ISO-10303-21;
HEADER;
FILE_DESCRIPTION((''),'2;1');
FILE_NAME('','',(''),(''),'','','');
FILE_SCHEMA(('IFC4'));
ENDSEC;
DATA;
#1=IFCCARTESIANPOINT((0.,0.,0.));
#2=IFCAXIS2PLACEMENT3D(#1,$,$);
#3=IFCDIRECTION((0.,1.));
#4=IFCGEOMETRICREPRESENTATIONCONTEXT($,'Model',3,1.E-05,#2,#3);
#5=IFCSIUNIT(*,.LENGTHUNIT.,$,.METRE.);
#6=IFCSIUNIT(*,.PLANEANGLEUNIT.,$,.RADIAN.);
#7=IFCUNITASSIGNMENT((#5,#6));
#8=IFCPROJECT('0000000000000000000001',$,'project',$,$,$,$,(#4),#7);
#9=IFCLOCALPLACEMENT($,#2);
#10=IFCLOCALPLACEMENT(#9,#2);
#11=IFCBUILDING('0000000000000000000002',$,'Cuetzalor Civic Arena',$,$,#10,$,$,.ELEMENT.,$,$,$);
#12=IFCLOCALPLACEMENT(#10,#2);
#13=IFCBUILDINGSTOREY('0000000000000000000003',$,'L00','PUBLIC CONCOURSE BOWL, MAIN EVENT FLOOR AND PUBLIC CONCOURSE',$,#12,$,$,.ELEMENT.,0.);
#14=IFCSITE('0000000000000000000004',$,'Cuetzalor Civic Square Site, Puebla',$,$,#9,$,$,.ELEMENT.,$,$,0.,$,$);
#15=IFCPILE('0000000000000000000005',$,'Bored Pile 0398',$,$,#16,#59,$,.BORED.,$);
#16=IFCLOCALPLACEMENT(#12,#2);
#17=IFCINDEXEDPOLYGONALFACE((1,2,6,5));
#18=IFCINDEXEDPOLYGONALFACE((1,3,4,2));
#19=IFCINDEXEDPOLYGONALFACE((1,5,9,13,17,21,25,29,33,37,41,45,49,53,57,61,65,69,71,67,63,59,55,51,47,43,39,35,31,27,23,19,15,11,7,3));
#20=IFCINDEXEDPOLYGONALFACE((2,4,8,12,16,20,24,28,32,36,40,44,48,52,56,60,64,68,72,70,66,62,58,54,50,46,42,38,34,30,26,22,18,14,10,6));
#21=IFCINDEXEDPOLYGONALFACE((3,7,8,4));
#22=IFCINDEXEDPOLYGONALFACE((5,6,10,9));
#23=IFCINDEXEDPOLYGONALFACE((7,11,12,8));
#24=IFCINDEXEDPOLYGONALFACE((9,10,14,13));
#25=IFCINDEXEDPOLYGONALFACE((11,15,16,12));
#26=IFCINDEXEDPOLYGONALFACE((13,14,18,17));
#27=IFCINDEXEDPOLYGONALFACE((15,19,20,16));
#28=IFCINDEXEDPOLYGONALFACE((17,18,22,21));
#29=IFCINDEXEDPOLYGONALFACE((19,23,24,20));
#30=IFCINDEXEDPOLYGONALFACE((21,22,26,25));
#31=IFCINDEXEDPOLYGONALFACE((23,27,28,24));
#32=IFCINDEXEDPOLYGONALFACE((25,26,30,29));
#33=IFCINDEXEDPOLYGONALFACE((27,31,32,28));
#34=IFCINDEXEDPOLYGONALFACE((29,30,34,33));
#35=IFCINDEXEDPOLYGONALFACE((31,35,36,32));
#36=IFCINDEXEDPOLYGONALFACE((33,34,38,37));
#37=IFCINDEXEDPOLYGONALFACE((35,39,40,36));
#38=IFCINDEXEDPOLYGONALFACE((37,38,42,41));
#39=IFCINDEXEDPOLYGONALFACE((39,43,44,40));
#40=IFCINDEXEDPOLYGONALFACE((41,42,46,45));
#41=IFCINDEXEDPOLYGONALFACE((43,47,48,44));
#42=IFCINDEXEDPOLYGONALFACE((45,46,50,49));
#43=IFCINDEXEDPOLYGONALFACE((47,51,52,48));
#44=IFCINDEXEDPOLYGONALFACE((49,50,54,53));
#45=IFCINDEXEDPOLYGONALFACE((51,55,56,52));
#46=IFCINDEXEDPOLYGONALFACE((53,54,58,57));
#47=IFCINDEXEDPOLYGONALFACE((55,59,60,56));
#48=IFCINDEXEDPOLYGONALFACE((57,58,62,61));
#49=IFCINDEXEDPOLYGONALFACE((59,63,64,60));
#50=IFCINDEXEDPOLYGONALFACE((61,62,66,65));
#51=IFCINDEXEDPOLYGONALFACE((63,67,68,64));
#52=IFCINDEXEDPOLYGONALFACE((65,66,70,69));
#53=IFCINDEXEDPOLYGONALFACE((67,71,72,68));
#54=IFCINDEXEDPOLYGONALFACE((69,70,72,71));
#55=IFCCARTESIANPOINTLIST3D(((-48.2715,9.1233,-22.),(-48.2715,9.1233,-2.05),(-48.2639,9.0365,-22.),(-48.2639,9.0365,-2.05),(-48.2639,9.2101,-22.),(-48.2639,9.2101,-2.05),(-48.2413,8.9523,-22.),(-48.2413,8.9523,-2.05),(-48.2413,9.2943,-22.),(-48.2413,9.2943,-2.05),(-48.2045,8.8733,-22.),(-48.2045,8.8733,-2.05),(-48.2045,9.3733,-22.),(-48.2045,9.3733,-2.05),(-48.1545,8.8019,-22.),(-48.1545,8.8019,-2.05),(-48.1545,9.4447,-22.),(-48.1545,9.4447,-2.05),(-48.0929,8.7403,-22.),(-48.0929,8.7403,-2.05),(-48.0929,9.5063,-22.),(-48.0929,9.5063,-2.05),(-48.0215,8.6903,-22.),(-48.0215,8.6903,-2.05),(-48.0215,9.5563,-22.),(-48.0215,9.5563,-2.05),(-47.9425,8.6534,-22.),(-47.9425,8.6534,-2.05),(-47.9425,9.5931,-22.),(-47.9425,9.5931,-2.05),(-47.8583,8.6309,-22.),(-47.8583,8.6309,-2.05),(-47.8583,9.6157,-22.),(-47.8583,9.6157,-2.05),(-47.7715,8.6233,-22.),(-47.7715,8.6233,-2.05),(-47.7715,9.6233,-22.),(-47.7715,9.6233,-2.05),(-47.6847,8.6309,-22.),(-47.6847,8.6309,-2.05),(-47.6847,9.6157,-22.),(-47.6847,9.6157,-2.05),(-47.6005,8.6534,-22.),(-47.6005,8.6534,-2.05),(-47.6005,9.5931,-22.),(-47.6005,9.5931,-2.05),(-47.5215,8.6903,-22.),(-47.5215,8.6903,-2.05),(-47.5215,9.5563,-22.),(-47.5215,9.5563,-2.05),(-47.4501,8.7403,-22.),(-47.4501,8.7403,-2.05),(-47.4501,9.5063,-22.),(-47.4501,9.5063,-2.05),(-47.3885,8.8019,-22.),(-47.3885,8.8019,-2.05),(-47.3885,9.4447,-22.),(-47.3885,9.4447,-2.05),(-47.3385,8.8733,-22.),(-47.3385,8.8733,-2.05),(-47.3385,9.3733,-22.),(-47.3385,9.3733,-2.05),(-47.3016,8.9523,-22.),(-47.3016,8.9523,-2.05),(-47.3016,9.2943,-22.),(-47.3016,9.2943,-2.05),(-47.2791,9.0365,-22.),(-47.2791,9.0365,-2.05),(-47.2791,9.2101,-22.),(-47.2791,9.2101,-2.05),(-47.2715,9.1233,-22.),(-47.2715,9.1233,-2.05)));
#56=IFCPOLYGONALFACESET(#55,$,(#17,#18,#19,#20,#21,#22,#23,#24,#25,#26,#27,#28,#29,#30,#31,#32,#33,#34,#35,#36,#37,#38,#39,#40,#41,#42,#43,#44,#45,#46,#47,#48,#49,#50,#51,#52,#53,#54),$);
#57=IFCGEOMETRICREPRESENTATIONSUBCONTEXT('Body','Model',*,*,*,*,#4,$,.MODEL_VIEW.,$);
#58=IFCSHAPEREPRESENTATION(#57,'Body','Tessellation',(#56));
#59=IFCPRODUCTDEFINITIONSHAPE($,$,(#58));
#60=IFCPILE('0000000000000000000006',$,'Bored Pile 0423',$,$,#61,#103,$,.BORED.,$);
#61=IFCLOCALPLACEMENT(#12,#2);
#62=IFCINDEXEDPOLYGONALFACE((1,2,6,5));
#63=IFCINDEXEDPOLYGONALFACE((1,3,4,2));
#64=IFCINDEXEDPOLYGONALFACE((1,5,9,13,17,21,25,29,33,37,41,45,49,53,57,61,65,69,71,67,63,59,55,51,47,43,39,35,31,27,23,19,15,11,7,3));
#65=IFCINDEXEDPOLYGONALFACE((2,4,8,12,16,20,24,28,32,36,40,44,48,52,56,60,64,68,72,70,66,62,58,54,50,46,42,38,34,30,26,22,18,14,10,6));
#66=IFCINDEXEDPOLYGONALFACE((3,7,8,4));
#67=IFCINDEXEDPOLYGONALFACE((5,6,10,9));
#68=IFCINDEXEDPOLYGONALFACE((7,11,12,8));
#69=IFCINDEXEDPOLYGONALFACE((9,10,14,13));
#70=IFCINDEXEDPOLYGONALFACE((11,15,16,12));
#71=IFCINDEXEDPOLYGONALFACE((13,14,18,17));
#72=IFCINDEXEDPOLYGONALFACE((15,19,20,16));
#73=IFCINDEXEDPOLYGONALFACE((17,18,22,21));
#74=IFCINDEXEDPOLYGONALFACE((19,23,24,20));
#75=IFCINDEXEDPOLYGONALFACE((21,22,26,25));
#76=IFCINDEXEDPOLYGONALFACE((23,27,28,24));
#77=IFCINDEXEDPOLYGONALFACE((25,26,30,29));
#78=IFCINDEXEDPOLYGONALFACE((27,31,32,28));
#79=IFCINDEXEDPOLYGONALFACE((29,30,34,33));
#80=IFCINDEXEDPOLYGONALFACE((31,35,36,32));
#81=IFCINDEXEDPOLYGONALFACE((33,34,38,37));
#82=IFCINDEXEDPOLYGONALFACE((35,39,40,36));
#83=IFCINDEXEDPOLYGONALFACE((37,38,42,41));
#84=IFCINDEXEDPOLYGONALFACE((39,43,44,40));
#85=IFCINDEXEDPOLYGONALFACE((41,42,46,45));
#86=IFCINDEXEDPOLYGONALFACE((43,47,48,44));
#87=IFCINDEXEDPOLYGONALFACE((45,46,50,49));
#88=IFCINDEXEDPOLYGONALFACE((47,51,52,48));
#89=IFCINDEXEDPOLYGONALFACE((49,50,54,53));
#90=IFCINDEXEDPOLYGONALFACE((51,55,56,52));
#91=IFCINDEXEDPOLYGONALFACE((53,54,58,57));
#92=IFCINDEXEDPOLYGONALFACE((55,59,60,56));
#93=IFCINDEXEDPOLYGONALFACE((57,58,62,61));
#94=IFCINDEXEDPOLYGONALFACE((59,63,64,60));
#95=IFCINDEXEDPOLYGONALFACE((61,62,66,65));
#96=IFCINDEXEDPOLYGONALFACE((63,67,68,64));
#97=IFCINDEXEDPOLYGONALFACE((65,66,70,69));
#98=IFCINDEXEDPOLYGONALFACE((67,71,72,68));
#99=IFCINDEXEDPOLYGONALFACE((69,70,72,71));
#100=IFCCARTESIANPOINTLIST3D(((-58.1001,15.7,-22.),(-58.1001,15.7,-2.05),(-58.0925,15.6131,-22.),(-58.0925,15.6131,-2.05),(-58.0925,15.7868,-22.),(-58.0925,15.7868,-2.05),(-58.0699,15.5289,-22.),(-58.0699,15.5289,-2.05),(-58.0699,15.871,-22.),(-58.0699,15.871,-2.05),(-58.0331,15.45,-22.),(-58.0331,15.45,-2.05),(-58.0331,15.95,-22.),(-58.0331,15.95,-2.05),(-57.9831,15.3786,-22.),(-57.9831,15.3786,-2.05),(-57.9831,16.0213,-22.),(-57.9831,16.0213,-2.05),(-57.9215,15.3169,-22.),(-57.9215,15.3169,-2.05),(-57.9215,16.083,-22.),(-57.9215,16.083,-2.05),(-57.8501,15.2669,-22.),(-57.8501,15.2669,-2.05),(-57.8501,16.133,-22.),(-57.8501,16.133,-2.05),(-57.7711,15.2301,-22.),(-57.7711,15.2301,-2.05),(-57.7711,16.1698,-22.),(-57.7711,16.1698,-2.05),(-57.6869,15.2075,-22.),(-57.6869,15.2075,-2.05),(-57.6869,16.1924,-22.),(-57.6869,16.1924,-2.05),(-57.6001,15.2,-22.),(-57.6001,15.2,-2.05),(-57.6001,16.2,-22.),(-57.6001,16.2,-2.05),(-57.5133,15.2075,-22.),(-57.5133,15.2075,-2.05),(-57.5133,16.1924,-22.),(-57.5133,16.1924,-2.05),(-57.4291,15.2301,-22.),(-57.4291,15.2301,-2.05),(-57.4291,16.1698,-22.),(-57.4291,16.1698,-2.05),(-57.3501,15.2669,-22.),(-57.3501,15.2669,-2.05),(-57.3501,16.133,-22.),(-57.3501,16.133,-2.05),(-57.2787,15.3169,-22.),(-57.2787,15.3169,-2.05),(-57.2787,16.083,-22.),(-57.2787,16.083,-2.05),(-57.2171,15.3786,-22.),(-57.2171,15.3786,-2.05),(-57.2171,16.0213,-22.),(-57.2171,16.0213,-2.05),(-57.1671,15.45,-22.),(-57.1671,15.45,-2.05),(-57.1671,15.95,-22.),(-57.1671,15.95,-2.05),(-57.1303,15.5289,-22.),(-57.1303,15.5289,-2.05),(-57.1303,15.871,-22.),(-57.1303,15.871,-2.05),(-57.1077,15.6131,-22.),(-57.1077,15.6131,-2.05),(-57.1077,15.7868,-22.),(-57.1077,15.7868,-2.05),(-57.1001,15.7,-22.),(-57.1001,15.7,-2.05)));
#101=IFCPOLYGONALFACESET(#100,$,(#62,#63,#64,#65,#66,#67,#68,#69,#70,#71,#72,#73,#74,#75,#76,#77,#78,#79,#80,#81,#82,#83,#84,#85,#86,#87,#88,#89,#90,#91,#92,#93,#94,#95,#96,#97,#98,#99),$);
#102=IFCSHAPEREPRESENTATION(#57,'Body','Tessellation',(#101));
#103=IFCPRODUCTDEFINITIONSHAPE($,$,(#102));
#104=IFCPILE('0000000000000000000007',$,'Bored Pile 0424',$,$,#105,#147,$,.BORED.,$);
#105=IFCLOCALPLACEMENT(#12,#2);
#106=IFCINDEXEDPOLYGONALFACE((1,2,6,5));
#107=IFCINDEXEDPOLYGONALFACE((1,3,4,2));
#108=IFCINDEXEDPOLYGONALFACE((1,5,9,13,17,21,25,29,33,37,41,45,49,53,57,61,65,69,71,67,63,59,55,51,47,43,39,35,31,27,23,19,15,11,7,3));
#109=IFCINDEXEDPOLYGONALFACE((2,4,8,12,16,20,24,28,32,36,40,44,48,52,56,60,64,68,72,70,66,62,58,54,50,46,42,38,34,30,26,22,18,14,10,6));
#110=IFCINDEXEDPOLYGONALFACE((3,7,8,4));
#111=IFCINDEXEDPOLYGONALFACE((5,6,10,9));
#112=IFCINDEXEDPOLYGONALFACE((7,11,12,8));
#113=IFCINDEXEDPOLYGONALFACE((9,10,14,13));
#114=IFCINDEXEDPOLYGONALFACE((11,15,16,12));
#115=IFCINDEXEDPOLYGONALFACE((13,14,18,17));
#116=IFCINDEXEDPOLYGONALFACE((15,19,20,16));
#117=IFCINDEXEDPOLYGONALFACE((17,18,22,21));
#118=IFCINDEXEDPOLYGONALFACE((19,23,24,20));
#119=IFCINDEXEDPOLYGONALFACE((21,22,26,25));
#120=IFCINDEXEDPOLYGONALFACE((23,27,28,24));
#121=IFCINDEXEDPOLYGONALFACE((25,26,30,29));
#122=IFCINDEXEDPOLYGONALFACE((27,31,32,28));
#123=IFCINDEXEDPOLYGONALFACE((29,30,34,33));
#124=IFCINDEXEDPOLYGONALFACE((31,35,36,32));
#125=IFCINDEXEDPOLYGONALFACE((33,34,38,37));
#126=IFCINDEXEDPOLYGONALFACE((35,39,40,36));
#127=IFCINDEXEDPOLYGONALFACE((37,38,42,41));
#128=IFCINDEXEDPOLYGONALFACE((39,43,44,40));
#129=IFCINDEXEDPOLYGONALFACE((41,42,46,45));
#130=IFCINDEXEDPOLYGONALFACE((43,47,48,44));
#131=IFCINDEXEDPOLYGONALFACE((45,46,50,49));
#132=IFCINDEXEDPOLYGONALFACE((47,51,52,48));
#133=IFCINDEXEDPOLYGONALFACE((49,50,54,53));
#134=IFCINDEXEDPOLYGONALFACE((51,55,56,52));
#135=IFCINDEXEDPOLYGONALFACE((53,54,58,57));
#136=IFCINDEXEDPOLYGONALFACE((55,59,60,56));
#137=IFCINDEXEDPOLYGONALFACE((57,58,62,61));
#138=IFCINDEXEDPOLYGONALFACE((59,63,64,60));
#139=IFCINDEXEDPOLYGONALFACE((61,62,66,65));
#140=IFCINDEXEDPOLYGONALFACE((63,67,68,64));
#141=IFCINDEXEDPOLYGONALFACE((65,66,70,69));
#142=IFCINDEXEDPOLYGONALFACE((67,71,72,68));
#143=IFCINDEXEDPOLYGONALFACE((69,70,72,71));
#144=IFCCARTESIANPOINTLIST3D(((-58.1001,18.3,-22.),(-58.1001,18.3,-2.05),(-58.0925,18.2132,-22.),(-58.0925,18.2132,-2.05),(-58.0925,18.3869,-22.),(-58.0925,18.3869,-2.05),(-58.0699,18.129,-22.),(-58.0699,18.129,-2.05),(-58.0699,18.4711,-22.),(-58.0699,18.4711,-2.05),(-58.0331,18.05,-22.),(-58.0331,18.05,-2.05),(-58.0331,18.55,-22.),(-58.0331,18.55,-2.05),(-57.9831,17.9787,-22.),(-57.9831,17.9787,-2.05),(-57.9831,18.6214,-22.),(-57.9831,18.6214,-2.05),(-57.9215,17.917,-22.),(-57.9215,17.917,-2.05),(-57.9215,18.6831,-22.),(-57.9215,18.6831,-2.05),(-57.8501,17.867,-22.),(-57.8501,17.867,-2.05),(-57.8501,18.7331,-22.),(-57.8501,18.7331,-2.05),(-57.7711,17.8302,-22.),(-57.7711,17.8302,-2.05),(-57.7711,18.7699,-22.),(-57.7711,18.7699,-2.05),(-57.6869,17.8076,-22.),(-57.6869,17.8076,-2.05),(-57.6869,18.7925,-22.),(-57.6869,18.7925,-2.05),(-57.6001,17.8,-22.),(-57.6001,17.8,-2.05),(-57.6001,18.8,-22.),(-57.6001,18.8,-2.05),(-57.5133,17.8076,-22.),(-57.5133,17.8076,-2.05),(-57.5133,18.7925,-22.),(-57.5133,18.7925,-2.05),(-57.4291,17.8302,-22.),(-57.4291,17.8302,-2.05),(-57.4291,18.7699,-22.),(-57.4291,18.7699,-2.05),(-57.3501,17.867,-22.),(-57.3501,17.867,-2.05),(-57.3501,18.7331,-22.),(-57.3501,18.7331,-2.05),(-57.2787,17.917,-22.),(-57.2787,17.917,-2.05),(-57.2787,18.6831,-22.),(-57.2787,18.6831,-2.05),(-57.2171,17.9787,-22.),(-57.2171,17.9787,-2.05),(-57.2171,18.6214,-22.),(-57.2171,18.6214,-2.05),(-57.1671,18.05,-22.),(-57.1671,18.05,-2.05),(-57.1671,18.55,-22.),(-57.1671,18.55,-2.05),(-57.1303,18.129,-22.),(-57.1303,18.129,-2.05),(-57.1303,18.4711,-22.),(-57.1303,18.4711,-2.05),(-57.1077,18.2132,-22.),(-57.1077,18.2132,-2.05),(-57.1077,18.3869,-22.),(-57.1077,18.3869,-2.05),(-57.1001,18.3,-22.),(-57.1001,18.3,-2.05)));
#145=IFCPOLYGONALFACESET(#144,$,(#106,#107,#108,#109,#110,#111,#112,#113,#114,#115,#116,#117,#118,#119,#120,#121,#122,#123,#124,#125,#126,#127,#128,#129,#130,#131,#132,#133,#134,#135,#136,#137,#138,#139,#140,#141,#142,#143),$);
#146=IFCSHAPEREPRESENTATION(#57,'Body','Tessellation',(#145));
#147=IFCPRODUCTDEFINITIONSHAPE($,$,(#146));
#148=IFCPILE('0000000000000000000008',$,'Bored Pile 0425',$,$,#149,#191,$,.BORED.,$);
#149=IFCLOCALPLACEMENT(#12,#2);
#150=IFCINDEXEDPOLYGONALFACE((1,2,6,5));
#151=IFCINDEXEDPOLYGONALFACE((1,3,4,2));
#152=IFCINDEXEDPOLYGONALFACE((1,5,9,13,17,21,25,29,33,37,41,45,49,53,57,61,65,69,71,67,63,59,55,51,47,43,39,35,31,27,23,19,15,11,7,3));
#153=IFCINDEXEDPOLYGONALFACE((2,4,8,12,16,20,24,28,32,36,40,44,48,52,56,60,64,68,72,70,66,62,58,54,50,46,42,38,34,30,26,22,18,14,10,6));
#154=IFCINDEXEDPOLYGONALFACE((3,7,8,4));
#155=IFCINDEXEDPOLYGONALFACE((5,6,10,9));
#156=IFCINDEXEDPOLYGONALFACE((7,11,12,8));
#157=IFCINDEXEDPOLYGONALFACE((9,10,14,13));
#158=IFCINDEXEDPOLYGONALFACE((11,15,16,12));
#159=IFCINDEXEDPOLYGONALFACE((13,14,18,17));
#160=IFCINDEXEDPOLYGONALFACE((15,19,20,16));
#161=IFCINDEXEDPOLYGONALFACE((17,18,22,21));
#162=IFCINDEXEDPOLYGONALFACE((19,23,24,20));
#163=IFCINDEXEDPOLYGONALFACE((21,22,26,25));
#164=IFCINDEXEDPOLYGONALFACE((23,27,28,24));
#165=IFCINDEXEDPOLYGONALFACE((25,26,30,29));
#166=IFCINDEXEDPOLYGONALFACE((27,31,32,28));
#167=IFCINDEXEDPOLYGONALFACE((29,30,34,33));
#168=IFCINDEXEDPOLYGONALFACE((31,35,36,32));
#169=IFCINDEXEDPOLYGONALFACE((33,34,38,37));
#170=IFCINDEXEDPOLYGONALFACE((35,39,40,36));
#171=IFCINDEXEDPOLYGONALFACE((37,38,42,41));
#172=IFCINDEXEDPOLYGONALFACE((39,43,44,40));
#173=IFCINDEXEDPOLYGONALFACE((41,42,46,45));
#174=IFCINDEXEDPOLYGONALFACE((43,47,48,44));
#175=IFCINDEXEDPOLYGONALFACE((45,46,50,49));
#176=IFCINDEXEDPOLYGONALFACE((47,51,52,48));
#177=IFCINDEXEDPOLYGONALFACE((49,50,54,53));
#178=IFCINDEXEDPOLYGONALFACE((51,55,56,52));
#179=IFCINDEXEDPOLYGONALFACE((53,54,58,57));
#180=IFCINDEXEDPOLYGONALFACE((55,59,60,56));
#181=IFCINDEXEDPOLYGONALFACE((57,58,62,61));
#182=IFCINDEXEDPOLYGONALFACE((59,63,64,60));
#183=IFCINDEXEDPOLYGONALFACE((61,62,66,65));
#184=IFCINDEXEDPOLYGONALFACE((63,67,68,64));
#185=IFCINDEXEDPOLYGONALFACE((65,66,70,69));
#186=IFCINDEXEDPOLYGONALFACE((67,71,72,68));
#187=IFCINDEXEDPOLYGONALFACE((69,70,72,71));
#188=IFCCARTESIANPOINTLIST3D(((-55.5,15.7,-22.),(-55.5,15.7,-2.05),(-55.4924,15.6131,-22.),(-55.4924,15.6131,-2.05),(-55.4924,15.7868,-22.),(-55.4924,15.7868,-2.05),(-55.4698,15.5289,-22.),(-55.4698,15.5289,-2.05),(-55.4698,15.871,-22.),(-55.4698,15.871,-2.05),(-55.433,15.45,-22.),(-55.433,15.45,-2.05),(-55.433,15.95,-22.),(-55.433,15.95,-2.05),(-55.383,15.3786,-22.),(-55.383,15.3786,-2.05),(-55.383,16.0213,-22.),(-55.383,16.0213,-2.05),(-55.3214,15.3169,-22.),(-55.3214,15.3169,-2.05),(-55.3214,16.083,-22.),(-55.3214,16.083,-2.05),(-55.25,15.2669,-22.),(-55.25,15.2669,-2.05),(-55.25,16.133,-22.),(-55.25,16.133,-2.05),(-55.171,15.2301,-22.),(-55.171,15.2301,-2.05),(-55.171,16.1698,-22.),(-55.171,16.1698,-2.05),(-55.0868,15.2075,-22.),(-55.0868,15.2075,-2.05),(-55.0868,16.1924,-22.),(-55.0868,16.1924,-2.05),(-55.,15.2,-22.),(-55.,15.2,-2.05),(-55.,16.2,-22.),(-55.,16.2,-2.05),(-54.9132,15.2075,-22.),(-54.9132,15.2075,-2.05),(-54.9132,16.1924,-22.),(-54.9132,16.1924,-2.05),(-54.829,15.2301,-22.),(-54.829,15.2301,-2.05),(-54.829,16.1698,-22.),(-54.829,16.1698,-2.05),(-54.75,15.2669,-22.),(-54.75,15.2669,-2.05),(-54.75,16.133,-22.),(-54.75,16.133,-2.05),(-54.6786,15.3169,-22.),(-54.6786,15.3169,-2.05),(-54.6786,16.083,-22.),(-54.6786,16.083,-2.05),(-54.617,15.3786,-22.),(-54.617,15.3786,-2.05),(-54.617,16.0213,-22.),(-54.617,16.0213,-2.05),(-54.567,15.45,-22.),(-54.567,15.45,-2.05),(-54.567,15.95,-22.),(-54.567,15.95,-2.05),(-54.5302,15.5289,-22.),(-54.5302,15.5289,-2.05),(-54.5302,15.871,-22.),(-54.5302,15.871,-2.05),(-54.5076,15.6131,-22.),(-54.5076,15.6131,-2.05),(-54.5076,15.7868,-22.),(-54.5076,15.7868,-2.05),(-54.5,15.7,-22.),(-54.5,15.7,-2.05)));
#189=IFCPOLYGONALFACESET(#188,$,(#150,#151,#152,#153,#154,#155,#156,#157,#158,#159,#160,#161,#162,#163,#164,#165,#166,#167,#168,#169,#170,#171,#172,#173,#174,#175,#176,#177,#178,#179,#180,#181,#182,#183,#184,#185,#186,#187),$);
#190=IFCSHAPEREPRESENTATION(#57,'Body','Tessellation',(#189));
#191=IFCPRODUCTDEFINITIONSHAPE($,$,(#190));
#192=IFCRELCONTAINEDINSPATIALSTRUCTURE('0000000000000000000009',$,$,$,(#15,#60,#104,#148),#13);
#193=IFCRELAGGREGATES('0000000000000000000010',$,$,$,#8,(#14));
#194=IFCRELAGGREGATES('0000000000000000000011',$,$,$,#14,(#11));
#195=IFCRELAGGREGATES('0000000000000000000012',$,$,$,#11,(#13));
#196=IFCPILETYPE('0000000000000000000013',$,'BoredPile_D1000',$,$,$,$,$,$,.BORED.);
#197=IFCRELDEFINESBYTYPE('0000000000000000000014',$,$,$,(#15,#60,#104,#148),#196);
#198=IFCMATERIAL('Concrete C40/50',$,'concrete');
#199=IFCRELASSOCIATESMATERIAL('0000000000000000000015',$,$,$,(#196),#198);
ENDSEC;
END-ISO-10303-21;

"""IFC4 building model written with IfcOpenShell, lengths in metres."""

from ifc_helpers import new_model, si_unit, direction, frame, origin, origin_2d, place, context, subcontext, project, spatial, circle, extrude, material, material_profile, profile_set, type_object, element, save


model = new_model("IFC4")

# Units and contexts
model_context = context("Model", 3, precision=1e-05, world=origin(), true_north=direction((0.0, 1.0)))
body_context = subcontext(model_context, "Body", "Model", "MODEL_VIEW")
ifc_project = project(units=[si_unit("LENGTHUNIT", "METRE"), si_unit("PLANEANGLEUNIT", "RADIAN")], contexts=[model_context])

# Site, building, storey
site_placement = place(None, origin())
site = spatial("IfcSite", under=ifc_project, at=site_placement, Name="Cuetzalor Civic Square Site, Puebla", CompositionType="ELEMENT", RefElevation=0.0)
building_placement = place(site_placement, origin())
building = spatial("IfcBuilding", under=site, at=building_placement, Name="Cuetzalor Civic Arena", CompositionType="ELEMENT")
storey_placement = place(building_placement, origin())
storey = spatial("IfcBuildingStorey", under=building, at=storey_placement, Name="L00", Description="PUBLIC CONCOURSE BOWL, MAIN EVENT FLOOR AND PUBLIC CONCOURSE", CompositionType="ELEMENT", Elevation=0.0)

# Piles
ifc_material_1 = material(Name="Concrete C40/50", Category="concrete")
ifc_material_profile_1 = material_profile(ifc_material_1, circle(Radius=0.5, at=origin_2d()), Name="BORED PILE D1000")
ifc_profile_set_1 = profile_set([ifc_material_profile_1], Name="Concrete C40/50")
pile_type_1 = type_object("IfcPileType", Name="BoredPile_D1000", PredefinedType="BORED", material=ifc_profile_set_1)
for number, where, z_axis, x_axis, name in (
    (1, (-47.7715, 9.1233, -2.05), (0.0, 0.0, -1.0), (1.0, 0.0, 0.0), "Bored Pile 0398"),
    (2, (-57.6001, 15.7, -2.05), (0.0, 0.0, -1.0), (1.0, 0.0, 0.0), "Bored Pile 0423"),
    (3, (-57.6001, 18.3, -2.05), (0.0, 0.0, -1.0), (1.0, 0.0, 0.0), "Bored Pile 0424"),
    (4, (-55.0, 15.7, -2.05), (0.0, 0.0, -1.0), (1.0, 0.0, 0.0), "Bored Pile 0425"),
):
    element("IfcPile", number, at=place(storey_placement, frame(where, z_axis=z_axis, x_axis=x_axis)), inside=storey, type_object=pile_type_1, Name=name, PredefinedType="BORED", context=body_context, shape_type="SweptSolid", body=[
        extrude(circle(Radius=0.5, at=origin_2d()), origin(), (0.0, 0.0, 1.0), 19.95),
    ])

save(model, "model.ifc")
